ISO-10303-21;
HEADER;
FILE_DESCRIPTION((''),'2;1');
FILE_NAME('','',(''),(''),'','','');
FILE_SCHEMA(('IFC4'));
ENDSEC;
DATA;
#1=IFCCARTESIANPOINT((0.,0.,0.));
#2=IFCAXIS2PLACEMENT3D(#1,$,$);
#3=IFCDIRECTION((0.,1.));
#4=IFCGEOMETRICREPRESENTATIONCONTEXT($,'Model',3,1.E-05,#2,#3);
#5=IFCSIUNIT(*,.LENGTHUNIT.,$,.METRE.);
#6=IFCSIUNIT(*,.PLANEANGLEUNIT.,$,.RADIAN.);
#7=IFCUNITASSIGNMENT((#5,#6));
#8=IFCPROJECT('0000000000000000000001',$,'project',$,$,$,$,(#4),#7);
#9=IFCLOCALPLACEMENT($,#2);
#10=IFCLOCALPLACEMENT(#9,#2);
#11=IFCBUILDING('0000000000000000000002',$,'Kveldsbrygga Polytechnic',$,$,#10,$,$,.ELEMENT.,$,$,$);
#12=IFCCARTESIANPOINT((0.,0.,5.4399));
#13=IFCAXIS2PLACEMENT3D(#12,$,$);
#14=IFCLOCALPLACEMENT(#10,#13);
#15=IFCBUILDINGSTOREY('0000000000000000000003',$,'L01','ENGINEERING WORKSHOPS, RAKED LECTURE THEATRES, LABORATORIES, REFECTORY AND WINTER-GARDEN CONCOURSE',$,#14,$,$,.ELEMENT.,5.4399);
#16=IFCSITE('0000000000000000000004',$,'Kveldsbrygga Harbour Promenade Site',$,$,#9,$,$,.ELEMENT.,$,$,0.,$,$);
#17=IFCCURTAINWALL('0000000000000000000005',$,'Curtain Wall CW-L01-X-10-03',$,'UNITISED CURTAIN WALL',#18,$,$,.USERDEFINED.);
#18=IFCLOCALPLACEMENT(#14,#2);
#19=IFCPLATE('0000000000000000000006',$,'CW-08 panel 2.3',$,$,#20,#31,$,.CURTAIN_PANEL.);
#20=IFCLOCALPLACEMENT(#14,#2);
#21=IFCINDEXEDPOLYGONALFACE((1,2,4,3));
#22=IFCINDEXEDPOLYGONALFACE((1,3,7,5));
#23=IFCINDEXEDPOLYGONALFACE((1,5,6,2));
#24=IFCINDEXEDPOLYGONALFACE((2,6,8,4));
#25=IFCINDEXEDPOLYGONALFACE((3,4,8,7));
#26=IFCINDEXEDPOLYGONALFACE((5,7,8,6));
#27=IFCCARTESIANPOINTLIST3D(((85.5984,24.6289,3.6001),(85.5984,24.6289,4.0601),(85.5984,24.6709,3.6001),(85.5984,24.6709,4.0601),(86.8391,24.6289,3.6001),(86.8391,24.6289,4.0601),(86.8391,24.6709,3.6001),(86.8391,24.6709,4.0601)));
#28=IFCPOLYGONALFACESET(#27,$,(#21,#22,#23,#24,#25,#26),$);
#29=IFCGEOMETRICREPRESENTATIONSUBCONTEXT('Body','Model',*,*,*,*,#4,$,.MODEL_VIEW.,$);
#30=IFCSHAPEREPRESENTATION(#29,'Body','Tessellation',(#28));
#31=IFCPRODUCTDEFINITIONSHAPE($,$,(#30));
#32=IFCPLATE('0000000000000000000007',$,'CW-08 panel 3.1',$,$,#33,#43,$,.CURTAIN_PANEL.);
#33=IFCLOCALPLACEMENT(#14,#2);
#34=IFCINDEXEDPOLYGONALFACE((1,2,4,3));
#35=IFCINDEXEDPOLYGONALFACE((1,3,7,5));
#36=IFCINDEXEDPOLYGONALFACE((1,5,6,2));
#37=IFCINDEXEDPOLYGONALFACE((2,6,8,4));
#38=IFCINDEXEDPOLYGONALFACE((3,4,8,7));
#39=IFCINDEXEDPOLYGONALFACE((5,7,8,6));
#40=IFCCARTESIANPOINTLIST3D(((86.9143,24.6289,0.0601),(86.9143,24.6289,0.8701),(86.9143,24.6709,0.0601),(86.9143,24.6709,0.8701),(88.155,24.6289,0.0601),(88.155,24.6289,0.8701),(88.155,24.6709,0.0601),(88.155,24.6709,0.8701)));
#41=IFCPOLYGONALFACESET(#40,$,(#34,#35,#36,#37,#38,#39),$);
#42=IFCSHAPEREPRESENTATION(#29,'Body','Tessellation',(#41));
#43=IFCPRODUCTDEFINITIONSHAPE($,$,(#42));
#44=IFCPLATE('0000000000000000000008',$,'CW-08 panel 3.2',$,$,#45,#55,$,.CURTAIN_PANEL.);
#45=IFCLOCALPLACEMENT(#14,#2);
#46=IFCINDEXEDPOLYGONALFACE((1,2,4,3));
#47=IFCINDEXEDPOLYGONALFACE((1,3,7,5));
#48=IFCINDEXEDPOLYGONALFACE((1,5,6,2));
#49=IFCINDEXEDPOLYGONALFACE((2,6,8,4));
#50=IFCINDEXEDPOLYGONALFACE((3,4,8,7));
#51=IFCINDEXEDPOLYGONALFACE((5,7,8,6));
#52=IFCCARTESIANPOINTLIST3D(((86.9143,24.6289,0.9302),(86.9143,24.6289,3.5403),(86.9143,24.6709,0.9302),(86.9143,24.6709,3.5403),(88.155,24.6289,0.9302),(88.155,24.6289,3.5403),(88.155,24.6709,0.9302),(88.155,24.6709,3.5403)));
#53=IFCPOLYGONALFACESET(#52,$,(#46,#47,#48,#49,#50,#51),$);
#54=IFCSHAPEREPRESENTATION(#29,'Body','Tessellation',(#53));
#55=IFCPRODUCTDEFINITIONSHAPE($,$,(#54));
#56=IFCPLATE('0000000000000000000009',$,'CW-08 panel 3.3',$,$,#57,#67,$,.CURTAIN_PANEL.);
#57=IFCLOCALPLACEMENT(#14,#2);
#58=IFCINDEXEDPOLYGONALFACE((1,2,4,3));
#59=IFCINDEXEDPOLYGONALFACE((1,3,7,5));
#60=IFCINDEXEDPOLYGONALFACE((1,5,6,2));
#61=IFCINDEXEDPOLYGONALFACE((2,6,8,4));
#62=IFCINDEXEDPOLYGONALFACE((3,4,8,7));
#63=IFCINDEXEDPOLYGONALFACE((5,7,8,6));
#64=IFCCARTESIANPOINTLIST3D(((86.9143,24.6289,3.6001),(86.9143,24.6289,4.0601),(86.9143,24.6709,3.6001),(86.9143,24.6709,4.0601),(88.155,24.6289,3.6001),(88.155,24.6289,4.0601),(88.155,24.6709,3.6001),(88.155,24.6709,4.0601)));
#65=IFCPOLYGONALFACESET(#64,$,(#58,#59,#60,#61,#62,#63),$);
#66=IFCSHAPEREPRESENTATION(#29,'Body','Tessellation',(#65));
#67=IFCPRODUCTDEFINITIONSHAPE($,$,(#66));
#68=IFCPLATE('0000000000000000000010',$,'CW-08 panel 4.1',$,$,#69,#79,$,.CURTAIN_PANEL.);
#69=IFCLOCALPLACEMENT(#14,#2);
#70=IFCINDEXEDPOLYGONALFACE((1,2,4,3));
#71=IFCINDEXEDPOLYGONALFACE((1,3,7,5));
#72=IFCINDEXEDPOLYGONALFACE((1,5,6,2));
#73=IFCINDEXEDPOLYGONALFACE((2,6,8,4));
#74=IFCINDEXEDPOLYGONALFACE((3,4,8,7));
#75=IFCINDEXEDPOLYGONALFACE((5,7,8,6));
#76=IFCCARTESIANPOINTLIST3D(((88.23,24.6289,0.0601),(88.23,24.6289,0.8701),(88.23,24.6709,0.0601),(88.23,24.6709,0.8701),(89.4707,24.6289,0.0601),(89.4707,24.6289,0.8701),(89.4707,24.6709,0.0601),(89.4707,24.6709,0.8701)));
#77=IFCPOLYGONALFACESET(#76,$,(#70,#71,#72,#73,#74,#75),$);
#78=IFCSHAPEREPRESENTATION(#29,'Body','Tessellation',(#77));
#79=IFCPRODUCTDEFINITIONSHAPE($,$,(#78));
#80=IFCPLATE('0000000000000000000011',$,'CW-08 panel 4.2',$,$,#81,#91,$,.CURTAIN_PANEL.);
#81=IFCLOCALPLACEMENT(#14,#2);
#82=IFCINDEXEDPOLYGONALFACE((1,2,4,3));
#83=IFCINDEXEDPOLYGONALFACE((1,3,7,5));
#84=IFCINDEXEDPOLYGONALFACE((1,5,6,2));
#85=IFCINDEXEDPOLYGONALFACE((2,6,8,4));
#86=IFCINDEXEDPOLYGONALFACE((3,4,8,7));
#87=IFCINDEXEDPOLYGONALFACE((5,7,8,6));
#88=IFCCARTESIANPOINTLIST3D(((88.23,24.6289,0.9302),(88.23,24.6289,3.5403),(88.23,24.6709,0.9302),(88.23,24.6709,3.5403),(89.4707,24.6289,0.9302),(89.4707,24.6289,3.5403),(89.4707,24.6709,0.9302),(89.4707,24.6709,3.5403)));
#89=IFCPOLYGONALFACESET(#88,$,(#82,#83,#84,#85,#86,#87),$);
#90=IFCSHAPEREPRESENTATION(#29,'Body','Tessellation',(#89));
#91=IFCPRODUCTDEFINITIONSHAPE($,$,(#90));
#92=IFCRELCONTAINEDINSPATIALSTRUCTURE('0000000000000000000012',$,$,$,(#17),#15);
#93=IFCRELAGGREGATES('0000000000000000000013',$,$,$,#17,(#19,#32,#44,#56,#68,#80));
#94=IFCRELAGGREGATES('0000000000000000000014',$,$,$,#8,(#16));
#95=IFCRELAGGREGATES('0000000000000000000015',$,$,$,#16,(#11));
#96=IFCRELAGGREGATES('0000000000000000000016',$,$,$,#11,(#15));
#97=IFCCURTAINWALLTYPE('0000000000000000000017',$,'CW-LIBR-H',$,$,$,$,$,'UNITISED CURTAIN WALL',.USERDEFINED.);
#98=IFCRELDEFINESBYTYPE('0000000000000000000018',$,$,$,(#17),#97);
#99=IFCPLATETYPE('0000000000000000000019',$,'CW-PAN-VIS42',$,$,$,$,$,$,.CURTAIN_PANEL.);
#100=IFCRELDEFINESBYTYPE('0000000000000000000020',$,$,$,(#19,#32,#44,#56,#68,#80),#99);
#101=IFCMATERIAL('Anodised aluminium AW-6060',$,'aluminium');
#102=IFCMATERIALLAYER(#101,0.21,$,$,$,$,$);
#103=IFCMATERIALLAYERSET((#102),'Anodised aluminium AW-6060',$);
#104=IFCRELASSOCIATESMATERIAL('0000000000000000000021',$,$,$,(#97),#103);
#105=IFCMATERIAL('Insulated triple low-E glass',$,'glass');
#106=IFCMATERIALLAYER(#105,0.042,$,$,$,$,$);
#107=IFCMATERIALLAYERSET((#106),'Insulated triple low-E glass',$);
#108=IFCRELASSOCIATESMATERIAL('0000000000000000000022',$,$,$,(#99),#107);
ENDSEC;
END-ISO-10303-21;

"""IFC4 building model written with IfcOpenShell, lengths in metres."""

from ifc_helpers import new_model, si_unit, direction, frame, origin, origin_2d, place, context, subcontext, project, spatial, rectangle, extrude, material, layer, layer_set, type_object, element, aggregate, save


model = new_model("IFC4")

# Units and contexts
model_context = context("Model", 3, precision=1e-05, world=origin(), true_north=direction((0.0, 1.0)))
body_context = subcontext(model_context, "Body", "Model", "MODEL_VIEW")
ifc_project = project(units=[si_unit("LENGTHUNIT", "METRE"), si_unit("PLANEANGLEUNIT", "RADIAN")], contexts=[model_context])

# Site, building, storey
site_placement = place(None, origin())
site = spatial("IfcSite", under=ifc_project, at=site_placement, Name="Kveldsbrygga Harbour Promenade Site", CompositionType="ELEMENT", RefElevation=0.0)
building_placement = place(site_placement, origin())
building = spatial("IfcBuilding", under=site, at=building_placement, Name="Kveldsbrygga Polytechnic", CompositionType="ELEMENT")
storey_placement = place(building_placement, frame((0.0, 0.0, 5.4399)))
storey = spatial("IfcBuildingStorey", under=building, at=storey_placement, Name="L01", Description="ENGINEERING WORKSHOPS, RAKED LECTURE THEATRES, LABORATORIES, REFECTORY AND WINTER-GARDEN CONCOURSE", CompositionType="ELEMENT", Elevation=5.4399)

# Curtain wall, plates
ifc_material_1 = material(Name="Anodised aluminium AW-6060", Category="aluminium")
ifc_layer_1 = layer(ifc_material_1, 0.21)
ifc_layer_set_1 = layer_set([ifc_layer_1], Name="Anodised aluminium AW-6060")
curtain_wall_type = type_object("IfcCurtainWallType", Name="CW-LIBR-H", ElementType="UNITISED CURTAIN WALL", PredefinedType="USERDEFINED", material=ifc_layer_set_1)
curtain_wall_placement = place(storey_placement, origin())
curtain_wall = element("IfcCurtainWall", 1, at=curtain_wall_placement, inside=storey, type_object=curtain_wall_type, Name="Curtain Wall CW-L01-X-10-03", ObjectType="UNITISED CURTAIN WALL", PredefinedType="USERDEFINED")
ifc_material_2 = material(Name="Insulated triple low-E glass", Category="glass")
ifc_layer_2 = layer(ifc_material_2, 0.042)
ifc_layer_set_2 = layer_set([ifc_layer_2], Name="Insulated triple low-E glass")
plate_type = type_object("IfcPlateType", Name="CW-PAN-VIS42", PredefinedType="CURTAIN_PANEL", material=ifc_layer_set_2)
plate_1_placement = place(storey_placement, frame((86.2188, 24.6499, 3.6001), z_axis=(0.0, 0.0, 1.0), x_axis=(1.0, 0.0, 0.0)))
plate_1 = element("IfcPlate", 2, at=plate_1_placement, type_object=plate_type, Name="CW-08 panel 2.3", PredefinedType="CURTAIN_PANEL", context=body_context, shape_type="SweptSolid", body=[
    extrude(rectangle(XDim=1.2407, YDim=0.042, at=origin_2d()), origin(), (0.0, 0.0, 1.0), 0.46),
])
plate_2_placement = place(storey_placement, frame((87.5347, 24.6499, 0.0601), z_axis=(0.0, 0.0, 1.0), x_axis=(1.0, 0.0, 0.0)))
plate_2 = element("IfcPlate", 3, at=plate_2_placement, type_object=plate_type, Name="CW-08 panel 3.1", PredefinedType="CURTAIN_PANEL", context=body_context, shape_type="SweptSolid", body=[
    extrude(rectangle(XDim=1.2407, YDim=0.042, at=origin_2d()), origin(), (0.0, 0.0, 1.0), 0.8101),
])
plate_3_placement = place(storey_placement, frame((87.5347, 24.6499, 0.9302), z_axis=(0.0, 0.0, 1.0), x_axis=(1.0, 0.0, 0.0)))
plate_3 = element("IfcPlate", 4, at=plate_3_placement, type_object=plate_type, Name="CW-08 panel 3.2", PredefinedType="CURTAIN_PANEL", context=body_context, shape_type="SweptSolid", body=[
    extrude(rectangle(XDim=1.2407, YDim=0.042, at=origin_2d()), origin(), (0.0, 0.0, 1.0), 2.6101),
])
plate_4_placement = place(storey_placement, frame((87.5347, 24.6499, 3.6001), z_axis=(0.0, 0.0, 1.0), x_axis=(1.0, 0.0, 0.0)))
plate_4 = element("IfcPlate", 5, at=plate_4_placement, type_object=plate_type, Name="CW-08 panel 3.3", PredefinedType="CURTAIN_PANEL", context=body_context, shape_type="SweptSolid", body=[
    extrude(rectangle(XDim=1.2407, YDim=0.042, at=origin_2d()), origin(), (0.0, 0.0, 1.0), 0.46),
])
plate_5_placement = place(storey_placement, frame((88.8503, 24.6499, 0.0601), z_axis=(0.0, 0.0, 1.0), x_axis=(1.0, 0.0, 0.0)))
plate_5 = element("IfcPlate", 6, at=plate_5_placement, type_object=plate_type, Name="CW-08 panel 4.1", PredefinedType="CURTAIN_PANEL", context=body_context, shape_type="SweptSolid", body=[
    extrude(rectangle(XDim=1.2407, YDim=0.042, at=origin_2d()), origin(), (0.0, 0.0, 1.0), 0.8101),
])
plate_6_placement = place(storey_placement, frame((88.8503, 24.6499, 0.9302), z_axis=(0.0, 0.0, 1.0), x_axis=(1.0, 0.0, 0.0)))
plate_6 = element("IfcPlate", 7, at=plate_6_placement, type_object=plate_type, Name="CW-08 panel 4.2", PredefinedType="CURTAIN_PANEL", context=body_context, shape_type="SweptSolid", body=[
    extrude(rectangle(XDim=1.2407, YDim=0.042, at=origin_2d()), origin(), (0.0, 0.0, 1.0), 2.6101),
])
aggregate(curtain_wall, [plate_1, plate_2, plate_3, plate_4, plate_5, plate_6])

save(model, "model.ifc")
